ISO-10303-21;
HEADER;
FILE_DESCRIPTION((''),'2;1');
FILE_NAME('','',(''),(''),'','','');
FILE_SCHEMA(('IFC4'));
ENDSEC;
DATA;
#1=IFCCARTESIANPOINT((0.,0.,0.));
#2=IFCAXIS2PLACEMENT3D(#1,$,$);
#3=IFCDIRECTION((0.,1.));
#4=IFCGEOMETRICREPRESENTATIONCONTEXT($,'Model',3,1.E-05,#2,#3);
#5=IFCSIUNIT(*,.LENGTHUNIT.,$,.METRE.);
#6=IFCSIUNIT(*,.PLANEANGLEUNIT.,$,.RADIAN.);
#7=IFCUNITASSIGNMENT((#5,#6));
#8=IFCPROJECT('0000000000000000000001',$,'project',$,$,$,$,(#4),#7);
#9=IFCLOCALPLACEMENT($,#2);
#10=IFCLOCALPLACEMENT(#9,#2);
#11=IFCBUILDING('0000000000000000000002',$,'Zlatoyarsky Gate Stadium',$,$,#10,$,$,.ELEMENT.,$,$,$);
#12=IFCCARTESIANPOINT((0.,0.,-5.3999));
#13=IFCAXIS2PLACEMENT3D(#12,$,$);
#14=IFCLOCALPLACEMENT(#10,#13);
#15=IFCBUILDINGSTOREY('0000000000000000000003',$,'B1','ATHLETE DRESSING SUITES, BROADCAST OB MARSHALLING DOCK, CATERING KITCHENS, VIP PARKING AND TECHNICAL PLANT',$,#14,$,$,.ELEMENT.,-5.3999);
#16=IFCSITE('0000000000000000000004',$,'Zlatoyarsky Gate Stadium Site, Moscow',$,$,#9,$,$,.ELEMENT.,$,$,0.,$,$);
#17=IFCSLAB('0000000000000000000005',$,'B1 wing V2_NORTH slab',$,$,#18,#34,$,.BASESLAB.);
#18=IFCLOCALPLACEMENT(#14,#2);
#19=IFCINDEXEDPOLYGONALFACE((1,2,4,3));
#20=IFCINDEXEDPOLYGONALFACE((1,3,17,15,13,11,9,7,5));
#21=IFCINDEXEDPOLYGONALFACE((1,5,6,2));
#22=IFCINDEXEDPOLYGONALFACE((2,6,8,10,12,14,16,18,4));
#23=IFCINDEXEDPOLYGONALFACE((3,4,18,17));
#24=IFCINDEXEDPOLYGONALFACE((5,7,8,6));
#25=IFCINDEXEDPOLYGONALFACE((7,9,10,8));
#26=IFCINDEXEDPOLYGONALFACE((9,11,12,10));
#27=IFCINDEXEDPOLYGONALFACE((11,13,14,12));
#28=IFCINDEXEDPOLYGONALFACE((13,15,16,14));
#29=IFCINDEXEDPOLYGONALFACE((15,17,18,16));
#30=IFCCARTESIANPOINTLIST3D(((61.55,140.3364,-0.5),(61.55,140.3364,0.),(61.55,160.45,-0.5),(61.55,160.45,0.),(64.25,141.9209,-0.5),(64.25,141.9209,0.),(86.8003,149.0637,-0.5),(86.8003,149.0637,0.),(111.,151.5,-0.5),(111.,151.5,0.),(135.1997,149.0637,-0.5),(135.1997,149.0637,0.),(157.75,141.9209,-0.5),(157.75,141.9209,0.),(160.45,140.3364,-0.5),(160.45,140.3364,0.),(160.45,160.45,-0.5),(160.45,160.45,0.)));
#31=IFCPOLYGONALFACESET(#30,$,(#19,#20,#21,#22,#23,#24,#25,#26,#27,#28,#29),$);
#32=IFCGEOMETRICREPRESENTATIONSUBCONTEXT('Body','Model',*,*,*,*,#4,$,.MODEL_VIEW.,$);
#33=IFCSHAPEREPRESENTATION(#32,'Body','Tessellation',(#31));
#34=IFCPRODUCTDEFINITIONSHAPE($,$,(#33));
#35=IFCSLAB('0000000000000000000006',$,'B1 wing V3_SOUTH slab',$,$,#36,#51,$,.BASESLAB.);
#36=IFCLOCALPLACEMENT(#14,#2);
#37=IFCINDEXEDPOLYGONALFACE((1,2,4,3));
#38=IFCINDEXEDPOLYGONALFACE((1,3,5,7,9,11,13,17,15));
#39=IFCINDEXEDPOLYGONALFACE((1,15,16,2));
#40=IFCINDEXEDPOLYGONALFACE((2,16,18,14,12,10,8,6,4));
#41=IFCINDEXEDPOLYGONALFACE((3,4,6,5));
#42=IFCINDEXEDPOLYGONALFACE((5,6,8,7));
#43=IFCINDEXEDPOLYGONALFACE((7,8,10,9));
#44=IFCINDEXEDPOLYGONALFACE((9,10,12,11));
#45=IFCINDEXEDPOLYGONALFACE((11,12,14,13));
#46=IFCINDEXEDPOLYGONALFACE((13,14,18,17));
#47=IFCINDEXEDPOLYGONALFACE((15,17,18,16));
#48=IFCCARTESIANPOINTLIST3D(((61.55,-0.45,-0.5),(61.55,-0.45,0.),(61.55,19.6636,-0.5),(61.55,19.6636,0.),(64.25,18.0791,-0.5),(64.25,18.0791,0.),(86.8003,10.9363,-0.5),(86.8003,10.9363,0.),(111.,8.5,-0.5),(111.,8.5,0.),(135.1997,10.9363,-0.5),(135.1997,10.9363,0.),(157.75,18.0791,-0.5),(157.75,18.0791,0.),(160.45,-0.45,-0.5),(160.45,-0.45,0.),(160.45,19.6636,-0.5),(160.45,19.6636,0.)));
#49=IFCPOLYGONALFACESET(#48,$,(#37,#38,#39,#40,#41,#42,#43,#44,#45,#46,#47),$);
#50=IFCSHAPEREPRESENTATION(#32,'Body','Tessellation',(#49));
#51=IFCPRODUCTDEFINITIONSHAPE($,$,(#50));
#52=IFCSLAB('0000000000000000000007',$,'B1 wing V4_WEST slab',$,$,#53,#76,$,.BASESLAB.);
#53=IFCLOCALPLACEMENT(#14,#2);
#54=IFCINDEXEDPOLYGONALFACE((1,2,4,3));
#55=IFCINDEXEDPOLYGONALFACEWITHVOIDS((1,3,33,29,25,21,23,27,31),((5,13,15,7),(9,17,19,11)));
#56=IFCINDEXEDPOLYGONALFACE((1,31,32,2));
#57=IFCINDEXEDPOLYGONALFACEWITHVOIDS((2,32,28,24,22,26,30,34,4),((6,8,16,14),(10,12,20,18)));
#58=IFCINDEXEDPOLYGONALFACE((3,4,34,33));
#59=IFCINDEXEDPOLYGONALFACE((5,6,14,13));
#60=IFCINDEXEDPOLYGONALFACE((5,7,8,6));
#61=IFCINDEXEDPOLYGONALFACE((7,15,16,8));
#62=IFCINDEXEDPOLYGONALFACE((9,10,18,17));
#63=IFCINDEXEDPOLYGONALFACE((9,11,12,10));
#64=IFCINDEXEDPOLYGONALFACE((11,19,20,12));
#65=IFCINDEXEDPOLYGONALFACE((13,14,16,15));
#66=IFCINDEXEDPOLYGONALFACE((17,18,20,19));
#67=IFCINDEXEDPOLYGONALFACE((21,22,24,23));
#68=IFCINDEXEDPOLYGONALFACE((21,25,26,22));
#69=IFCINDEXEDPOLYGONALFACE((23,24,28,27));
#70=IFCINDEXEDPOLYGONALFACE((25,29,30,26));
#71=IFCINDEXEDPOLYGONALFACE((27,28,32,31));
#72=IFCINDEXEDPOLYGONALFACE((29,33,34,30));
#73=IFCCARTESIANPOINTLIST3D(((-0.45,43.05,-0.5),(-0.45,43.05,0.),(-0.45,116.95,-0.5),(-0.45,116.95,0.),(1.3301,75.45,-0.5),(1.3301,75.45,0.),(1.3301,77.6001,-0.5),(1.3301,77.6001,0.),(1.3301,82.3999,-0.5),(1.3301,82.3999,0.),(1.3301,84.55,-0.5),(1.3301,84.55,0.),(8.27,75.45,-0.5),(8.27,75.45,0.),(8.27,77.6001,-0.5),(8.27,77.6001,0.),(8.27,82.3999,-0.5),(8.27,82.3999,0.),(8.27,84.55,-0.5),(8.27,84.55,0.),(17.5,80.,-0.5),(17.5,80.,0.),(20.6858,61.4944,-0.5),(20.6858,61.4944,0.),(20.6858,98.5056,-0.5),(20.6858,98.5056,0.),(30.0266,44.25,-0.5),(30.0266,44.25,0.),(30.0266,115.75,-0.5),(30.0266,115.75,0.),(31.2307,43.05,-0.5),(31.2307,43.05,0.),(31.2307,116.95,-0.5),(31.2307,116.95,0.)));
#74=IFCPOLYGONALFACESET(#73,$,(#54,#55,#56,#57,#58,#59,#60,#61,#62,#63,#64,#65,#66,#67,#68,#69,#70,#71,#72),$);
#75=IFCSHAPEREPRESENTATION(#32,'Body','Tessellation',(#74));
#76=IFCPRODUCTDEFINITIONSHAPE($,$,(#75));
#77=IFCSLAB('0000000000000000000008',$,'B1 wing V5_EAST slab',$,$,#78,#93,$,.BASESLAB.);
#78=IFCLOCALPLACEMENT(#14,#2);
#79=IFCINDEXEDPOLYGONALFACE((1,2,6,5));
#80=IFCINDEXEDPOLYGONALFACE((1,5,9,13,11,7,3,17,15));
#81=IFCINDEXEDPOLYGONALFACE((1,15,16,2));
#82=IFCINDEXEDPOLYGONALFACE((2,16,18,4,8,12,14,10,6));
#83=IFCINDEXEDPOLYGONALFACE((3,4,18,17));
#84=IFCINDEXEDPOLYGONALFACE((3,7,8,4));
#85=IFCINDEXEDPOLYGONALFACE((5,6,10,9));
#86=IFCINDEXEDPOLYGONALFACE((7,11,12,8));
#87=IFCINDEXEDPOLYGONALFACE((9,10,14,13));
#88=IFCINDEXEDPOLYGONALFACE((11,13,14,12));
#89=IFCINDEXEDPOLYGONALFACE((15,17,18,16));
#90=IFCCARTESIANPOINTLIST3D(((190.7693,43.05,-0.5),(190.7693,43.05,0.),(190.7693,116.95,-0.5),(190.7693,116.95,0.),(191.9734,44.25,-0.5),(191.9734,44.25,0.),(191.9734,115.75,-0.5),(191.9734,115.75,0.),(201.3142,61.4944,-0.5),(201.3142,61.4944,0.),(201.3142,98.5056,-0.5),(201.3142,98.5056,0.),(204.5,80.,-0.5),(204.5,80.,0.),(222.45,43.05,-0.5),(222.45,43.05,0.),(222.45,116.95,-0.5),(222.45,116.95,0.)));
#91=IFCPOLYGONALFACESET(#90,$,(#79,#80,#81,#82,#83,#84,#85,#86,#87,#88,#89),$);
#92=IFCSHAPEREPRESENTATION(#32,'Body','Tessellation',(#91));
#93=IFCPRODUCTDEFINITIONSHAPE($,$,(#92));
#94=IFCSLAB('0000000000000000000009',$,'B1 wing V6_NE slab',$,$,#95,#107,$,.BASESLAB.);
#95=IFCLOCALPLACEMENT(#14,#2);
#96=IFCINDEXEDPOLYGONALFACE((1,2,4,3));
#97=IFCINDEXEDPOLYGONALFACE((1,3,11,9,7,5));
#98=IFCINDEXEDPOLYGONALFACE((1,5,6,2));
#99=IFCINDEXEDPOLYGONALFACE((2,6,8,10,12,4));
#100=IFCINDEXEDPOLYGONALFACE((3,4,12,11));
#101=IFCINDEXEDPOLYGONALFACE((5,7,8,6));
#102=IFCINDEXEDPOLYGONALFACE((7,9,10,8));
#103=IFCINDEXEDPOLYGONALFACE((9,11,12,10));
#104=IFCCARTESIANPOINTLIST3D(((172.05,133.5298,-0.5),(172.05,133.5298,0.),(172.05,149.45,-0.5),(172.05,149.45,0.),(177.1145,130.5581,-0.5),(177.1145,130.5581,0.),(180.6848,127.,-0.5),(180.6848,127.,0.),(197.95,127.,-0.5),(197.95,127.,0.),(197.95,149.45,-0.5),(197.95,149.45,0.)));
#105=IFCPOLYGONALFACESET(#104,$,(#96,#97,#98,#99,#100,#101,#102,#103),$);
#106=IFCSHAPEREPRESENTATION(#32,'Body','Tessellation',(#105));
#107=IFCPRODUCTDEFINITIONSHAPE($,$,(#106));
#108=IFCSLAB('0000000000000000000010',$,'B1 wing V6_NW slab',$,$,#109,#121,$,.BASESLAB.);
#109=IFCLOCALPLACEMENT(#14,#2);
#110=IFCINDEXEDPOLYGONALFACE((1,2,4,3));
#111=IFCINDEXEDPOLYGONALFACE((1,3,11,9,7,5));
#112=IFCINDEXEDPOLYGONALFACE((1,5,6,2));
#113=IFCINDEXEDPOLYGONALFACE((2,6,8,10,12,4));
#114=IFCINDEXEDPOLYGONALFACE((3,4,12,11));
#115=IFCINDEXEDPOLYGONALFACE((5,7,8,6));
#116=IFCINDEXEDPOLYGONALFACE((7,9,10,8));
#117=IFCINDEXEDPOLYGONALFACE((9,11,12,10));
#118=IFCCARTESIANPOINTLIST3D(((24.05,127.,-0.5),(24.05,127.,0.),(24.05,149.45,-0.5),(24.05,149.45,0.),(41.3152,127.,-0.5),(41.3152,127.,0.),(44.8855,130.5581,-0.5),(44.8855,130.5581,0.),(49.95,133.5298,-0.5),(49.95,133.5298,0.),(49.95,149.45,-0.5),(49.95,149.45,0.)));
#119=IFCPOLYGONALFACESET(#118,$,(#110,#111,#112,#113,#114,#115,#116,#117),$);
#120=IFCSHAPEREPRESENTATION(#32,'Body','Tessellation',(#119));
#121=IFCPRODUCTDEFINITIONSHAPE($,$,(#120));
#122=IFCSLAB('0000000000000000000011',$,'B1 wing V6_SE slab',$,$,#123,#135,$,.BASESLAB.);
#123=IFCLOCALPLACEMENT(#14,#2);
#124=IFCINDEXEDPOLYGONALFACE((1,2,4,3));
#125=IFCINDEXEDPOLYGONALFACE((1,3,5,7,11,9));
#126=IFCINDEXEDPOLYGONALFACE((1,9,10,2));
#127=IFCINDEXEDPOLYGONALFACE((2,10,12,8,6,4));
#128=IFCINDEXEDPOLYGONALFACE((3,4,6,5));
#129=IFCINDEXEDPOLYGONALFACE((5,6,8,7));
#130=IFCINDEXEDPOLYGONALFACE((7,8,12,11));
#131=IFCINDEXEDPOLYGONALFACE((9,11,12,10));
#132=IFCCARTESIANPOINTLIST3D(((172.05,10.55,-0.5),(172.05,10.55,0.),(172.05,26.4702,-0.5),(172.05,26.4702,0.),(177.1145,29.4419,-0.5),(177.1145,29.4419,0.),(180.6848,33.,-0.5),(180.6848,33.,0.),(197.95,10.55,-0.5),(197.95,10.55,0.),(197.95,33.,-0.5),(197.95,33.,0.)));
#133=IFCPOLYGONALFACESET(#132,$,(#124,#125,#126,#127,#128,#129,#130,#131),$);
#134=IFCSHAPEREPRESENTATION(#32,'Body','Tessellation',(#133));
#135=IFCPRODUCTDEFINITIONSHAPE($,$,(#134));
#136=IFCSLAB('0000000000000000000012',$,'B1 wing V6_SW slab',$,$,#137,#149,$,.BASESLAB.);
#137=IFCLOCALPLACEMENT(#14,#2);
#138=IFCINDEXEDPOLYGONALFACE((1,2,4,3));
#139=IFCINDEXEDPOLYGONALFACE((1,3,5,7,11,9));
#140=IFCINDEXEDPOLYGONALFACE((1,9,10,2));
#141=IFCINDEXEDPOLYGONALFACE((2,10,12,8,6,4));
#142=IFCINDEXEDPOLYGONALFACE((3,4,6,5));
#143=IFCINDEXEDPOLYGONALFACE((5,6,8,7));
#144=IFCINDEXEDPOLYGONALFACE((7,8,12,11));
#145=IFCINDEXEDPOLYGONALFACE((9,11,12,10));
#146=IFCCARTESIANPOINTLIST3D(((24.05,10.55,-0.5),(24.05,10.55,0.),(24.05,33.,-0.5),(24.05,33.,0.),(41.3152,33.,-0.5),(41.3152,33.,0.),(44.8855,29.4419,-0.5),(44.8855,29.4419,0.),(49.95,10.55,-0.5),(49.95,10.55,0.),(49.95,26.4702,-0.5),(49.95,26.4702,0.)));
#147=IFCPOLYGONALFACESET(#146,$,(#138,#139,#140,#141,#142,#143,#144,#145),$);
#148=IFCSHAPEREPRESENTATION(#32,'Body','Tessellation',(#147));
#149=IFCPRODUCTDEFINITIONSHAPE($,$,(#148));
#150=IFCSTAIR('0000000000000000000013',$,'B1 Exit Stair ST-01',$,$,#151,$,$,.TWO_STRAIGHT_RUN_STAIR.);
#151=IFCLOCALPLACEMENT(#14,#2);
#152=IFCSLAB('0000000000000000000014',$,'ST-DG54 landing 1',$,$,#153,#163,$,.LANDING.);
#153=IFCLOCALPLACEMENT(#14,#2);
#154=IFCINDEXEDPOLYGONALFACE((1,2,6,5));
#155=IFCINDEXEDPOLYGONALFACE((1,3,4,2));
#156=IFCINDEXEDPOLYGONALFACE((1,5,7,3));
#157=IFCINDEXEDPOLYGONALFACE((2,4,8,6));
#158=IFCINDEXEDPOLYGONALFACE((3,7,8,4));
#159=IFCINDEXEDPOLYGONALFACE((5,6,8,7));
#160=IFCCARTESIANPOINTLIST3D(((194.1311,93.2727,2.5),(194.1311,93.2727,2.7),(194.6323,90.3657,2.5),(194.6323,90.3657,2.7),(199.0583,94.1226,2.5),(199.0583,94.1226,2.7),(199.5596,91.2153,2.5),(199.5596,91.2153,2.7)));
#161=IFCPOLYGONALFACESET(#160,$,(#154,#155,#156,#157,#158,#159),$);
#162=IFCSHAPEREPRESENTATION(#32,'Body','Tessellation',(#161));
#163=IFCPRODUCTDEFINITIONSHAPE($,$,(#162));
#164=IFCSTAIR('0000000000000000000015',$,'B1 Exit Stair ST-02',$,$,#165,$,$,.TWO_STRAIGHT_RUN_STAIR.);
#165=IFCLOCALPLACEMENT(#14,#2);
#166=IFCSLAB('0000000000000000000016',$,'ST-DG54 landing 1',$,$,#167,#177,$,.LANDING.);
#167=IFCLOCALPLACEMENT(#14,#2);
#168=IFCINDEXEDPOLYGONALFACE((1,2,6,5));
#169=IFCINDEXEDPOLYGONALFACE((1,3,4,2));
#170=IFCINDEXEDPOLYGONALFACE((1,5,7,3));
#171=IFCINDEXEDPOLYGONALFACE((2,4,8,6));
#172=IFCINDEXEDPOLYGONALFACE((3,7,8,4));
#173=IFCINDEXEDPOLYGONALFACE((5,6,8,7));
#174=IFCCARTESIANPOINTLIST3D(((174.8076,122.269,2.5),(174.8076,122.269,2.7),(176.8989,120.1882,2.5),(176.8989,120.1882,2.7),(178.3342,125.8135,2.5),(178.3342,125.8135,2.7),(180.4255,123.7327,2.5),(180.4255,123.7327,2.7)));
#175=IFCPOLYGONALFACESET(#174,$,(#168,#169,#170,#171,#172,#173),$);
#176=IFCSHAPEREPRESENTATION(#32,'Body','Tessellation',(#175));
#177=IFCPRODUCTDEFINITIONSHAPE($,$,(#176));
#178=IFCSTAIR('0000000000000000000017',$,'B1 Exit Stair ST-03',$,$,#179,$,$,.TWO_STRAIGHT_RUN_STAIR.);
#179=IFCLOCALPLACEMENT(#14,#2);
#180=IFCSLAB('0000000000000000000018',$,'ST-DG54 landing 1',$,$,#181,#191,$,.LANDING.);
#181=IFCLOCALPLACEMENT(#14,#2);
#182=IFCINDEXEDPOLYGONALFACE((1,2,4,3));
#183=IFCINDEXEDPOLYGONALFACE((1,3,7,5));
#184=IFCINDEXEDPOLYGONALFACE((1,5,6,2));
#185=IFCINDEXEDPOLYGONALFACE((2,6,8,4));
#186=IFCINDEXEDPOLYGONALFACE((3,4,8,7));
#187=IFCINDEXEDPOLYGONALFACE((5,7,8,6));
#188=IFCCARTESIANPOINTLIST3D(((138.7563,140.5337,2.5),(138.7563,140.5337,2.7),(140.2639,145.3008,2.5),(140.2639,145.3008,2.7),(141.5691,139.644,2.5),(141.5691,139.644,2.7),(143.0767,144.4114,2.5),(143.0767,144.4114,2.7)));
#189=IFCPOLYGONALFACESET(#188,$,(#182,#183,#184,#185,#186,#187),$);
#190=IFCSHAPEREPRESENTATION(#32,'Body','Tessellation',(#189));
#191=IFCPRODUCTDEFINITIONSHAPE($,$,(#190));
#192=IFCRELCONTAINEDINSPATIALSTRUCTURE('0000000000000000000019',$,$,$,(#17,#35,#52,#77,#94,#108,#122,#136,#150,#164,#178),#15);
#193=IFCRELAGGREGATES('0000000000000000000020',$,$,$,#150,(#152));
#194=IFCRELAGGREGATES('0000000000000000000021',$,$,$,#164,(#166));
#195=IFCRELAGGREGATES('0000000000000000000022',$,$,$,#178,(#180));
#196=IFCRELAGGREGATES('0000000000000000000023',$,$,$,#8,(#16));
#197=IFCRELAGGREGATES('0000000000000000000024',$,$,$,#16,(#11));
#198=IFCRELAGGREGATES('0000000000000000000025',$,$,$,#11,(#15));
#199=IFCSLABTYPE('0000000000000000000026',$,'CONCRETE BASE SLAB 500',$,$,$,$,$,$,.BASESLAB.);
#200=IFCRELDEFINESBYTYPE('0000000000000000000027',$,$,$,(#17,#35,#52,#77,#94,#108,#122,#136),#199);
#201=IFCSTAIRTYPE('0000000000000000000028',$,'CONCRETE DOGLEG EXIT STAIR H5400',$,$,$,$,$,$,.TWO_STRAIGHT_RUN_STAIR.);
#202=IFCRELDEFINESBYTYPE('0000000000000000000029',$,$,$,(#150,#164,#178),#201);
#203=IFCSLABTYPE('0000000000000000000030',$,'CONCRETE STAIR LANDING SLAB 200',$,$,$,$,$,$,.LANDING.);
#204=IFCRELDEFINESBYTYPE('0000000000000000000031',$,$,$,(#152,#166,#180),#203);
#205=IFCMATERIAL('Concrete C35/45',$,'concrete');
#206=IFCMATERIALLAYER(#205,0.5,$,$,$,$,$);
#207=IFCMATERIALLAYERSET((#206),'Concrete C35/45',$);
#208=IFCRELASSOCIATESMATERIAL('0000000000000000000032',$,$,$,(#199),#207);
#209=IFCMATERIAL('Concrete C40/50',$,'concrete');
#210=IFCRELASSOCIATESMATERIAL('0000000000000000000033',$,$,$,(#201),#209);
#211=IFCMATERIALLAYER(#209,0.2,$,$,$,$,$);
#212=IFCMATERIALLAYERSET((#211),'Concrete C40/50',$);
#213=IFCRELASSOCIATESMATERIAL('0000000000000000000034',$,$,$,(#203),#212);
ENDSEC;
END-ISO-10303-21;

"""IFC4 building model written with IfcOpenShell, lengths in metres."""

from ifc_helpers import new_model, si_unit, direction, frame, origin, place, context, subcontext, project, spatial, polyline, outline, extrude, material, layer, layer_set, type_object, element, aggregate, save


model = new_model("IFC4")

# Units and contexts
model_context = context("Model", 3, precision=1e-05, world=origin(), true_north=direction((0.0, 1.0)))
body_context = subcontext(model_context, "Body", "Model", "MODEL_VIEW")
ifc_project = project(units=[si_unit("LENGTHUNIT", "METRE"), si_unit("PLANEANGLEUNIT", "RADIAN")], contexts=[model_context])

# Site, building, storey
site_placement = place(None, origin())
site = spatial("IfcSite", under=ifc_project, at=site_placement, Name="Zlatoyarsky Gate Stadium Site, Moscow", CompositionType="ELEMENT", RefElevation=0.0)
building_placement = place(site_placement, origin())
building = spatial("IfcBuilding", under=site, at=building_placement, Name="Zlatoyarsky Gate Stadium", CompositionType="ELEMENT")
storey_placement = place(building_placement, frame((0.0, 0.0, -5.3999)))
storey = spatial("IfcBuildingStorey", under=building, at=storey_placement, Name="B1", Description="ATHLETE DRESSING SUITES, BROADCAST OB MARSHALLING DOCK, CATERING KITCHENS, VIP PARKING AND TECHNICAL PLANT", CompositionType="ELEMENT", Elevation=-5.3999)

# Slabs
ifc_material_1 = material(Name="Concrete C35/45", Category="concrete")
ifc_layer_1 = layer(ifc_material_1, 0.5)
ifc_layer_set_1 = layer_set([ifc_layer_1], Name="Concrete C35/45")
slab_type_1 = type_object("IfcSlabType", Name="CONCRETE BASE SLAB 500", PredefinedType="BASESLAB", material=ifc_layer_set_1)
slab_1_placement = place(storey_placement, frame((0.0, 0.0, -0.5)))
element("IfcSlab", 1, at=slab_1_placement, inside=storey, type_object=slab_type_1, Name="B1 wing V2_NORTH slab", PredefinedType="BASESLAB", context=body_context, shape_type="SweptSolid", body=[
    extrude(outline(polyline([(160.45, 140.3364), (157.75, 141.9209), (135.1997, 149.0637), (111.0, 151.5), (86.8003, 149.0637), (64.25, 141.9209), (61.55, 140.3364), (61.55, 160.45), (160.45, 160.45), (160.45, 140.3364)])), origin(), (0.0, 0.0, 1.0), 0.5),
])
slab_2_placement = place(storey_placement, frame((0.0, 0.0, -0.5)))
element("IfcSlab", 2, at=slab_2_placement, inside=storey, type_object=slab_type_1, Name="B1 wing V3_SOUTH slab", PredefinedType="BASESLAB", context=body_context, shape_type="SweptSolid", body=[
    extrude(outline(polyline([(61.55, 19.6636), (64.25, 18.0791), (86.8003, 10.9363), (111.0, 8.5), (135.1997, 10.9363), (157.75, 18.0791), (160.45, 19.6636), (160.45, -0.45), (61.55, -0.45), (61.55, 19.6636)])), origin(), (0.0, 0.0, 1.0), 0.5),
])
slab_3_placement = place(storey_placement, frame((0.0, 0.0, -0.5)))
element("IfcSlab", 3, at=slab_3_placement, inside=storey, type_object=slab_type_1, Name="B1 wing V4_WEST slab", PredefinedType="BASESLAB", context=body_context, shape_type="SweptSolid", body=[
    extrude(outline(polyline([(31.2307, 116.95), (30.0266, 115.75), (20.6858, 98.5056), (17.5, 80.0), (20.6858, 61.4944), (30.0266, 44.25), (31.2307, 43.05), (-0.45, 43.05), (-0.45, 116.95), (31.2307, 116.95)]), holes=[polyline([(8.27, 77.6001), (1.3301, 77.6001), (1.3301, 75.45), (8.27, 75.45), (8.27, 77.6001)]), polyline([(8.27, 84.55), (1.3301, 84.55), (1.3301, 82.3999), (8.27, 82.3999), (8.27, 84.55)])]), origin(), (0.0, 0.0, 1.0), 0.5),
])
slab_4_placement = place(storey_placement, frame((0.0, 0.0, -0.5)))
element("IfcSlab", 4, at=slab_4_placement, inside=storey, type_object=slab_type_1, Name="B1 wing V5_EAST slab", PredefinedType="BASESLAB", context=body_context, shape_type="SweptSolid", body=[
    extrude(outline(polyline([(190.7693, 43.05), (191.9734, 44.25), (201.3142, 61.4944), (204.5, 80.0), (201.3142, 98.5056), (191.9734, 115.75), (190.7693, 116.95), (222.45, 116.95), (222.45, 43.05), (190.7693, 43.05)])), origin(), (0.0, 0.0, 1.0), 0.5),
])
slab_5_placement = place(storey_placement, frame((0.0, 0.0, -0.5)))
element("IfcSlab", 5, at=slab_5_placement, inside=storey, type_object=slab_type_1, Name="B1 wing V6_NE slab", PredefinedType="BASESLAB", context=body_context, shape_type="SweptSolid", body=[
    extrude(outline(polyline([(197.95, 127.0), (180.6848, 127.0), (177.1145, 130.5581), (172.05, 133.5298), (172.05, 149.45), (197.95, 149.45), (197.95, 127.0)])), origin(), (0.0, 0.0, 1.0), 0.5),
])
slab_6_placement = place(storey_placement, frame((0.0, 0.0, -0.5)))
element("IfcSlab", 6, at=slab_6_placement, inside=storey, type_object=slab_type_1, Name="B1 wing V6_NW slab", PredefinedType="BASESLAB", context=body_context, shape_type="SweptSolid", body=[
    extrude(outline(polyline([(49.95, 149.45), (49.95, 133.5298), (44.8855, 130.5581), (41.3152, 127.0), (24.05, 127.0), (24.05, 149.45), (49.95, 149.45)])), origin(), (0.0, 0.0, 1.0), 0.5),
])
slab_7_placement = place(storey_placement, frame((0.0, 0.0, -0.5)))
element("IfcSlab", 7, at=slab_7_placement, inside=storey, type_object=slab_type_1, Name="B1 wing V6_SE slab", PredefinedType="BASESLAB", context=body_context, shape_type="SweptSolid", body=[
    extrude(outline(polyline([(172.05, 10.55), (172.05, 26.4702), (177.1145, 29.4419), (180.6848, 33.0), (197.95, 33.0), (197.95, 10.55), (172.05, 10.55)])), origin(), (0.0, 0.0, 1.0), 0.5),
])
slab_8_placement = place(storey_placement, frame((0.0, 0.0, -0.5)))
element("IfcSlab", 8, at=slab_8_placement, inside=storey, type_object=slab_type_1, Name="B1 wing V6_SW slab", PredefinedType="BASESLAB", context=body_context, shape_type="SweptSolid", body=[
    extrude(outline(polyline([(24.05, 33.0), (41.3152, 33.0), (44.8855, 29.4419), (49.95, 26.4702), (49.95, 10.55), (24.05, 10.55), (24.05, 33.0)])), origin(), (0.0, 0.0, 1.0), 0.5),
])

# Stairs, slabs
ifc_material_2 = material(Name="Concrete C40/50", Category="concrete")
stair_type = type_object("IfcStairType", Name="CONCRETE DOGLEG EXIT STAIR H5400", PredefinedType="TWO_STRAIGHT_RUN_STAIR", material=ifc_material_2)
stair_1_placement = place(storey_placement, origin())
stair_1 = element("IfcStair", 9, at=stair_1_placement, inside=storey, type_object=stair_type, Name="B1 Exit Stair ST-01", PredefinedType="TWO_STRAIGHT_RUN_STAIR")
ifc_layer_2 = layer(ifc_material_2, 0.2)
ifc_layer_set_2 = layer_set([ifc_layer_2], Name="Concrete C40/50")
slab_type_2 = type_object("IfcSlabType", Name="CONCRETE STAIR LANDING SLAB 200", PredefinedType="LANDING", material=ifc_layer_set_2)
slab_9_placement = place(storey_placement, frame((0.0, 0.0, 2.5)))
slab_9 = element("IfcSlab", 10, at=slab_9_placement, type_object=slab_type_2, Name="ST-DG54 landing 1", PredefinedType="LANDING", context=body_context, shape_type="SweptSolid", body=[
    extrude(outline(polyline([(199.5596, 91.2153), (199.0583, 94.1226), (194.1311, 93.2727), (194.6323, 90.3657), (199.5596, 91.2153)])), origin(), (0.0, 0.0, 1.0), 0.2),
])
aggregate(stair_1, [slab_9])
stair_2_placement = place(storey_placement, origin())
stair_2 = element("IfcStair", 11, at=stair_2_placement, inside=storey, type_object=stair_type, Name="B1 Exit Stair ST-02", PredefinedType="TWO_STRAIGHT_RUN_STAIR")
slab_10_placement = place(storey_placement, frame((0.0, 0.0, 2.5)))
slab_10 = element("IfcSlab", 12, at=slab_10_placement, type_object=slab_type_2, Name="ST-DG54 landing 1", PredefinedType="LANDING", context=body_context, shape_type="SweptSolid", body=[
    extrude(outline(polyline([(180.4255, 123.7327), (178.3342, 125.8135), (174.8076, 122.269), (176.8989, 120.1882), (180.4255, 123.7327)])), origin(), (0.0, 0.0, 1.0), 0.2),
])
aggregate(stair_2, [slab_10])
stair_3_placement = place(storey_placement, origin())
stair_3 = element("IfcStair", 13, at=stair_3_placement, inside=storey, type_object=stair_type, Name="B1 Exit Stair ST-03", PredefinedType="TWO_STRAIGHT_RUN_STAIR")
slab_11_placement = place(storey_placement, frame((0.0, 0.0, 2.5)))
slab_11 = element("IfcSlab", 14, at=slab_11_placement, type_object=slab_type_2, Name="ST-DG54 landing 1", PredefinedType="LANDING", context=body_context, shape_type="SweptSolid", body=[
    extrude(outline(polyline([(143.0767, 144.4114), (140.2639, 145.3008), (138.7563, 140.5337), (141.5691, 139.644), (143.0767, 144.4114)])), origin(), (0.0, 0.0, 1.0), 0.2),
])
aggregate(stair_3, [slab_11])

save(model, "model.ifc")
